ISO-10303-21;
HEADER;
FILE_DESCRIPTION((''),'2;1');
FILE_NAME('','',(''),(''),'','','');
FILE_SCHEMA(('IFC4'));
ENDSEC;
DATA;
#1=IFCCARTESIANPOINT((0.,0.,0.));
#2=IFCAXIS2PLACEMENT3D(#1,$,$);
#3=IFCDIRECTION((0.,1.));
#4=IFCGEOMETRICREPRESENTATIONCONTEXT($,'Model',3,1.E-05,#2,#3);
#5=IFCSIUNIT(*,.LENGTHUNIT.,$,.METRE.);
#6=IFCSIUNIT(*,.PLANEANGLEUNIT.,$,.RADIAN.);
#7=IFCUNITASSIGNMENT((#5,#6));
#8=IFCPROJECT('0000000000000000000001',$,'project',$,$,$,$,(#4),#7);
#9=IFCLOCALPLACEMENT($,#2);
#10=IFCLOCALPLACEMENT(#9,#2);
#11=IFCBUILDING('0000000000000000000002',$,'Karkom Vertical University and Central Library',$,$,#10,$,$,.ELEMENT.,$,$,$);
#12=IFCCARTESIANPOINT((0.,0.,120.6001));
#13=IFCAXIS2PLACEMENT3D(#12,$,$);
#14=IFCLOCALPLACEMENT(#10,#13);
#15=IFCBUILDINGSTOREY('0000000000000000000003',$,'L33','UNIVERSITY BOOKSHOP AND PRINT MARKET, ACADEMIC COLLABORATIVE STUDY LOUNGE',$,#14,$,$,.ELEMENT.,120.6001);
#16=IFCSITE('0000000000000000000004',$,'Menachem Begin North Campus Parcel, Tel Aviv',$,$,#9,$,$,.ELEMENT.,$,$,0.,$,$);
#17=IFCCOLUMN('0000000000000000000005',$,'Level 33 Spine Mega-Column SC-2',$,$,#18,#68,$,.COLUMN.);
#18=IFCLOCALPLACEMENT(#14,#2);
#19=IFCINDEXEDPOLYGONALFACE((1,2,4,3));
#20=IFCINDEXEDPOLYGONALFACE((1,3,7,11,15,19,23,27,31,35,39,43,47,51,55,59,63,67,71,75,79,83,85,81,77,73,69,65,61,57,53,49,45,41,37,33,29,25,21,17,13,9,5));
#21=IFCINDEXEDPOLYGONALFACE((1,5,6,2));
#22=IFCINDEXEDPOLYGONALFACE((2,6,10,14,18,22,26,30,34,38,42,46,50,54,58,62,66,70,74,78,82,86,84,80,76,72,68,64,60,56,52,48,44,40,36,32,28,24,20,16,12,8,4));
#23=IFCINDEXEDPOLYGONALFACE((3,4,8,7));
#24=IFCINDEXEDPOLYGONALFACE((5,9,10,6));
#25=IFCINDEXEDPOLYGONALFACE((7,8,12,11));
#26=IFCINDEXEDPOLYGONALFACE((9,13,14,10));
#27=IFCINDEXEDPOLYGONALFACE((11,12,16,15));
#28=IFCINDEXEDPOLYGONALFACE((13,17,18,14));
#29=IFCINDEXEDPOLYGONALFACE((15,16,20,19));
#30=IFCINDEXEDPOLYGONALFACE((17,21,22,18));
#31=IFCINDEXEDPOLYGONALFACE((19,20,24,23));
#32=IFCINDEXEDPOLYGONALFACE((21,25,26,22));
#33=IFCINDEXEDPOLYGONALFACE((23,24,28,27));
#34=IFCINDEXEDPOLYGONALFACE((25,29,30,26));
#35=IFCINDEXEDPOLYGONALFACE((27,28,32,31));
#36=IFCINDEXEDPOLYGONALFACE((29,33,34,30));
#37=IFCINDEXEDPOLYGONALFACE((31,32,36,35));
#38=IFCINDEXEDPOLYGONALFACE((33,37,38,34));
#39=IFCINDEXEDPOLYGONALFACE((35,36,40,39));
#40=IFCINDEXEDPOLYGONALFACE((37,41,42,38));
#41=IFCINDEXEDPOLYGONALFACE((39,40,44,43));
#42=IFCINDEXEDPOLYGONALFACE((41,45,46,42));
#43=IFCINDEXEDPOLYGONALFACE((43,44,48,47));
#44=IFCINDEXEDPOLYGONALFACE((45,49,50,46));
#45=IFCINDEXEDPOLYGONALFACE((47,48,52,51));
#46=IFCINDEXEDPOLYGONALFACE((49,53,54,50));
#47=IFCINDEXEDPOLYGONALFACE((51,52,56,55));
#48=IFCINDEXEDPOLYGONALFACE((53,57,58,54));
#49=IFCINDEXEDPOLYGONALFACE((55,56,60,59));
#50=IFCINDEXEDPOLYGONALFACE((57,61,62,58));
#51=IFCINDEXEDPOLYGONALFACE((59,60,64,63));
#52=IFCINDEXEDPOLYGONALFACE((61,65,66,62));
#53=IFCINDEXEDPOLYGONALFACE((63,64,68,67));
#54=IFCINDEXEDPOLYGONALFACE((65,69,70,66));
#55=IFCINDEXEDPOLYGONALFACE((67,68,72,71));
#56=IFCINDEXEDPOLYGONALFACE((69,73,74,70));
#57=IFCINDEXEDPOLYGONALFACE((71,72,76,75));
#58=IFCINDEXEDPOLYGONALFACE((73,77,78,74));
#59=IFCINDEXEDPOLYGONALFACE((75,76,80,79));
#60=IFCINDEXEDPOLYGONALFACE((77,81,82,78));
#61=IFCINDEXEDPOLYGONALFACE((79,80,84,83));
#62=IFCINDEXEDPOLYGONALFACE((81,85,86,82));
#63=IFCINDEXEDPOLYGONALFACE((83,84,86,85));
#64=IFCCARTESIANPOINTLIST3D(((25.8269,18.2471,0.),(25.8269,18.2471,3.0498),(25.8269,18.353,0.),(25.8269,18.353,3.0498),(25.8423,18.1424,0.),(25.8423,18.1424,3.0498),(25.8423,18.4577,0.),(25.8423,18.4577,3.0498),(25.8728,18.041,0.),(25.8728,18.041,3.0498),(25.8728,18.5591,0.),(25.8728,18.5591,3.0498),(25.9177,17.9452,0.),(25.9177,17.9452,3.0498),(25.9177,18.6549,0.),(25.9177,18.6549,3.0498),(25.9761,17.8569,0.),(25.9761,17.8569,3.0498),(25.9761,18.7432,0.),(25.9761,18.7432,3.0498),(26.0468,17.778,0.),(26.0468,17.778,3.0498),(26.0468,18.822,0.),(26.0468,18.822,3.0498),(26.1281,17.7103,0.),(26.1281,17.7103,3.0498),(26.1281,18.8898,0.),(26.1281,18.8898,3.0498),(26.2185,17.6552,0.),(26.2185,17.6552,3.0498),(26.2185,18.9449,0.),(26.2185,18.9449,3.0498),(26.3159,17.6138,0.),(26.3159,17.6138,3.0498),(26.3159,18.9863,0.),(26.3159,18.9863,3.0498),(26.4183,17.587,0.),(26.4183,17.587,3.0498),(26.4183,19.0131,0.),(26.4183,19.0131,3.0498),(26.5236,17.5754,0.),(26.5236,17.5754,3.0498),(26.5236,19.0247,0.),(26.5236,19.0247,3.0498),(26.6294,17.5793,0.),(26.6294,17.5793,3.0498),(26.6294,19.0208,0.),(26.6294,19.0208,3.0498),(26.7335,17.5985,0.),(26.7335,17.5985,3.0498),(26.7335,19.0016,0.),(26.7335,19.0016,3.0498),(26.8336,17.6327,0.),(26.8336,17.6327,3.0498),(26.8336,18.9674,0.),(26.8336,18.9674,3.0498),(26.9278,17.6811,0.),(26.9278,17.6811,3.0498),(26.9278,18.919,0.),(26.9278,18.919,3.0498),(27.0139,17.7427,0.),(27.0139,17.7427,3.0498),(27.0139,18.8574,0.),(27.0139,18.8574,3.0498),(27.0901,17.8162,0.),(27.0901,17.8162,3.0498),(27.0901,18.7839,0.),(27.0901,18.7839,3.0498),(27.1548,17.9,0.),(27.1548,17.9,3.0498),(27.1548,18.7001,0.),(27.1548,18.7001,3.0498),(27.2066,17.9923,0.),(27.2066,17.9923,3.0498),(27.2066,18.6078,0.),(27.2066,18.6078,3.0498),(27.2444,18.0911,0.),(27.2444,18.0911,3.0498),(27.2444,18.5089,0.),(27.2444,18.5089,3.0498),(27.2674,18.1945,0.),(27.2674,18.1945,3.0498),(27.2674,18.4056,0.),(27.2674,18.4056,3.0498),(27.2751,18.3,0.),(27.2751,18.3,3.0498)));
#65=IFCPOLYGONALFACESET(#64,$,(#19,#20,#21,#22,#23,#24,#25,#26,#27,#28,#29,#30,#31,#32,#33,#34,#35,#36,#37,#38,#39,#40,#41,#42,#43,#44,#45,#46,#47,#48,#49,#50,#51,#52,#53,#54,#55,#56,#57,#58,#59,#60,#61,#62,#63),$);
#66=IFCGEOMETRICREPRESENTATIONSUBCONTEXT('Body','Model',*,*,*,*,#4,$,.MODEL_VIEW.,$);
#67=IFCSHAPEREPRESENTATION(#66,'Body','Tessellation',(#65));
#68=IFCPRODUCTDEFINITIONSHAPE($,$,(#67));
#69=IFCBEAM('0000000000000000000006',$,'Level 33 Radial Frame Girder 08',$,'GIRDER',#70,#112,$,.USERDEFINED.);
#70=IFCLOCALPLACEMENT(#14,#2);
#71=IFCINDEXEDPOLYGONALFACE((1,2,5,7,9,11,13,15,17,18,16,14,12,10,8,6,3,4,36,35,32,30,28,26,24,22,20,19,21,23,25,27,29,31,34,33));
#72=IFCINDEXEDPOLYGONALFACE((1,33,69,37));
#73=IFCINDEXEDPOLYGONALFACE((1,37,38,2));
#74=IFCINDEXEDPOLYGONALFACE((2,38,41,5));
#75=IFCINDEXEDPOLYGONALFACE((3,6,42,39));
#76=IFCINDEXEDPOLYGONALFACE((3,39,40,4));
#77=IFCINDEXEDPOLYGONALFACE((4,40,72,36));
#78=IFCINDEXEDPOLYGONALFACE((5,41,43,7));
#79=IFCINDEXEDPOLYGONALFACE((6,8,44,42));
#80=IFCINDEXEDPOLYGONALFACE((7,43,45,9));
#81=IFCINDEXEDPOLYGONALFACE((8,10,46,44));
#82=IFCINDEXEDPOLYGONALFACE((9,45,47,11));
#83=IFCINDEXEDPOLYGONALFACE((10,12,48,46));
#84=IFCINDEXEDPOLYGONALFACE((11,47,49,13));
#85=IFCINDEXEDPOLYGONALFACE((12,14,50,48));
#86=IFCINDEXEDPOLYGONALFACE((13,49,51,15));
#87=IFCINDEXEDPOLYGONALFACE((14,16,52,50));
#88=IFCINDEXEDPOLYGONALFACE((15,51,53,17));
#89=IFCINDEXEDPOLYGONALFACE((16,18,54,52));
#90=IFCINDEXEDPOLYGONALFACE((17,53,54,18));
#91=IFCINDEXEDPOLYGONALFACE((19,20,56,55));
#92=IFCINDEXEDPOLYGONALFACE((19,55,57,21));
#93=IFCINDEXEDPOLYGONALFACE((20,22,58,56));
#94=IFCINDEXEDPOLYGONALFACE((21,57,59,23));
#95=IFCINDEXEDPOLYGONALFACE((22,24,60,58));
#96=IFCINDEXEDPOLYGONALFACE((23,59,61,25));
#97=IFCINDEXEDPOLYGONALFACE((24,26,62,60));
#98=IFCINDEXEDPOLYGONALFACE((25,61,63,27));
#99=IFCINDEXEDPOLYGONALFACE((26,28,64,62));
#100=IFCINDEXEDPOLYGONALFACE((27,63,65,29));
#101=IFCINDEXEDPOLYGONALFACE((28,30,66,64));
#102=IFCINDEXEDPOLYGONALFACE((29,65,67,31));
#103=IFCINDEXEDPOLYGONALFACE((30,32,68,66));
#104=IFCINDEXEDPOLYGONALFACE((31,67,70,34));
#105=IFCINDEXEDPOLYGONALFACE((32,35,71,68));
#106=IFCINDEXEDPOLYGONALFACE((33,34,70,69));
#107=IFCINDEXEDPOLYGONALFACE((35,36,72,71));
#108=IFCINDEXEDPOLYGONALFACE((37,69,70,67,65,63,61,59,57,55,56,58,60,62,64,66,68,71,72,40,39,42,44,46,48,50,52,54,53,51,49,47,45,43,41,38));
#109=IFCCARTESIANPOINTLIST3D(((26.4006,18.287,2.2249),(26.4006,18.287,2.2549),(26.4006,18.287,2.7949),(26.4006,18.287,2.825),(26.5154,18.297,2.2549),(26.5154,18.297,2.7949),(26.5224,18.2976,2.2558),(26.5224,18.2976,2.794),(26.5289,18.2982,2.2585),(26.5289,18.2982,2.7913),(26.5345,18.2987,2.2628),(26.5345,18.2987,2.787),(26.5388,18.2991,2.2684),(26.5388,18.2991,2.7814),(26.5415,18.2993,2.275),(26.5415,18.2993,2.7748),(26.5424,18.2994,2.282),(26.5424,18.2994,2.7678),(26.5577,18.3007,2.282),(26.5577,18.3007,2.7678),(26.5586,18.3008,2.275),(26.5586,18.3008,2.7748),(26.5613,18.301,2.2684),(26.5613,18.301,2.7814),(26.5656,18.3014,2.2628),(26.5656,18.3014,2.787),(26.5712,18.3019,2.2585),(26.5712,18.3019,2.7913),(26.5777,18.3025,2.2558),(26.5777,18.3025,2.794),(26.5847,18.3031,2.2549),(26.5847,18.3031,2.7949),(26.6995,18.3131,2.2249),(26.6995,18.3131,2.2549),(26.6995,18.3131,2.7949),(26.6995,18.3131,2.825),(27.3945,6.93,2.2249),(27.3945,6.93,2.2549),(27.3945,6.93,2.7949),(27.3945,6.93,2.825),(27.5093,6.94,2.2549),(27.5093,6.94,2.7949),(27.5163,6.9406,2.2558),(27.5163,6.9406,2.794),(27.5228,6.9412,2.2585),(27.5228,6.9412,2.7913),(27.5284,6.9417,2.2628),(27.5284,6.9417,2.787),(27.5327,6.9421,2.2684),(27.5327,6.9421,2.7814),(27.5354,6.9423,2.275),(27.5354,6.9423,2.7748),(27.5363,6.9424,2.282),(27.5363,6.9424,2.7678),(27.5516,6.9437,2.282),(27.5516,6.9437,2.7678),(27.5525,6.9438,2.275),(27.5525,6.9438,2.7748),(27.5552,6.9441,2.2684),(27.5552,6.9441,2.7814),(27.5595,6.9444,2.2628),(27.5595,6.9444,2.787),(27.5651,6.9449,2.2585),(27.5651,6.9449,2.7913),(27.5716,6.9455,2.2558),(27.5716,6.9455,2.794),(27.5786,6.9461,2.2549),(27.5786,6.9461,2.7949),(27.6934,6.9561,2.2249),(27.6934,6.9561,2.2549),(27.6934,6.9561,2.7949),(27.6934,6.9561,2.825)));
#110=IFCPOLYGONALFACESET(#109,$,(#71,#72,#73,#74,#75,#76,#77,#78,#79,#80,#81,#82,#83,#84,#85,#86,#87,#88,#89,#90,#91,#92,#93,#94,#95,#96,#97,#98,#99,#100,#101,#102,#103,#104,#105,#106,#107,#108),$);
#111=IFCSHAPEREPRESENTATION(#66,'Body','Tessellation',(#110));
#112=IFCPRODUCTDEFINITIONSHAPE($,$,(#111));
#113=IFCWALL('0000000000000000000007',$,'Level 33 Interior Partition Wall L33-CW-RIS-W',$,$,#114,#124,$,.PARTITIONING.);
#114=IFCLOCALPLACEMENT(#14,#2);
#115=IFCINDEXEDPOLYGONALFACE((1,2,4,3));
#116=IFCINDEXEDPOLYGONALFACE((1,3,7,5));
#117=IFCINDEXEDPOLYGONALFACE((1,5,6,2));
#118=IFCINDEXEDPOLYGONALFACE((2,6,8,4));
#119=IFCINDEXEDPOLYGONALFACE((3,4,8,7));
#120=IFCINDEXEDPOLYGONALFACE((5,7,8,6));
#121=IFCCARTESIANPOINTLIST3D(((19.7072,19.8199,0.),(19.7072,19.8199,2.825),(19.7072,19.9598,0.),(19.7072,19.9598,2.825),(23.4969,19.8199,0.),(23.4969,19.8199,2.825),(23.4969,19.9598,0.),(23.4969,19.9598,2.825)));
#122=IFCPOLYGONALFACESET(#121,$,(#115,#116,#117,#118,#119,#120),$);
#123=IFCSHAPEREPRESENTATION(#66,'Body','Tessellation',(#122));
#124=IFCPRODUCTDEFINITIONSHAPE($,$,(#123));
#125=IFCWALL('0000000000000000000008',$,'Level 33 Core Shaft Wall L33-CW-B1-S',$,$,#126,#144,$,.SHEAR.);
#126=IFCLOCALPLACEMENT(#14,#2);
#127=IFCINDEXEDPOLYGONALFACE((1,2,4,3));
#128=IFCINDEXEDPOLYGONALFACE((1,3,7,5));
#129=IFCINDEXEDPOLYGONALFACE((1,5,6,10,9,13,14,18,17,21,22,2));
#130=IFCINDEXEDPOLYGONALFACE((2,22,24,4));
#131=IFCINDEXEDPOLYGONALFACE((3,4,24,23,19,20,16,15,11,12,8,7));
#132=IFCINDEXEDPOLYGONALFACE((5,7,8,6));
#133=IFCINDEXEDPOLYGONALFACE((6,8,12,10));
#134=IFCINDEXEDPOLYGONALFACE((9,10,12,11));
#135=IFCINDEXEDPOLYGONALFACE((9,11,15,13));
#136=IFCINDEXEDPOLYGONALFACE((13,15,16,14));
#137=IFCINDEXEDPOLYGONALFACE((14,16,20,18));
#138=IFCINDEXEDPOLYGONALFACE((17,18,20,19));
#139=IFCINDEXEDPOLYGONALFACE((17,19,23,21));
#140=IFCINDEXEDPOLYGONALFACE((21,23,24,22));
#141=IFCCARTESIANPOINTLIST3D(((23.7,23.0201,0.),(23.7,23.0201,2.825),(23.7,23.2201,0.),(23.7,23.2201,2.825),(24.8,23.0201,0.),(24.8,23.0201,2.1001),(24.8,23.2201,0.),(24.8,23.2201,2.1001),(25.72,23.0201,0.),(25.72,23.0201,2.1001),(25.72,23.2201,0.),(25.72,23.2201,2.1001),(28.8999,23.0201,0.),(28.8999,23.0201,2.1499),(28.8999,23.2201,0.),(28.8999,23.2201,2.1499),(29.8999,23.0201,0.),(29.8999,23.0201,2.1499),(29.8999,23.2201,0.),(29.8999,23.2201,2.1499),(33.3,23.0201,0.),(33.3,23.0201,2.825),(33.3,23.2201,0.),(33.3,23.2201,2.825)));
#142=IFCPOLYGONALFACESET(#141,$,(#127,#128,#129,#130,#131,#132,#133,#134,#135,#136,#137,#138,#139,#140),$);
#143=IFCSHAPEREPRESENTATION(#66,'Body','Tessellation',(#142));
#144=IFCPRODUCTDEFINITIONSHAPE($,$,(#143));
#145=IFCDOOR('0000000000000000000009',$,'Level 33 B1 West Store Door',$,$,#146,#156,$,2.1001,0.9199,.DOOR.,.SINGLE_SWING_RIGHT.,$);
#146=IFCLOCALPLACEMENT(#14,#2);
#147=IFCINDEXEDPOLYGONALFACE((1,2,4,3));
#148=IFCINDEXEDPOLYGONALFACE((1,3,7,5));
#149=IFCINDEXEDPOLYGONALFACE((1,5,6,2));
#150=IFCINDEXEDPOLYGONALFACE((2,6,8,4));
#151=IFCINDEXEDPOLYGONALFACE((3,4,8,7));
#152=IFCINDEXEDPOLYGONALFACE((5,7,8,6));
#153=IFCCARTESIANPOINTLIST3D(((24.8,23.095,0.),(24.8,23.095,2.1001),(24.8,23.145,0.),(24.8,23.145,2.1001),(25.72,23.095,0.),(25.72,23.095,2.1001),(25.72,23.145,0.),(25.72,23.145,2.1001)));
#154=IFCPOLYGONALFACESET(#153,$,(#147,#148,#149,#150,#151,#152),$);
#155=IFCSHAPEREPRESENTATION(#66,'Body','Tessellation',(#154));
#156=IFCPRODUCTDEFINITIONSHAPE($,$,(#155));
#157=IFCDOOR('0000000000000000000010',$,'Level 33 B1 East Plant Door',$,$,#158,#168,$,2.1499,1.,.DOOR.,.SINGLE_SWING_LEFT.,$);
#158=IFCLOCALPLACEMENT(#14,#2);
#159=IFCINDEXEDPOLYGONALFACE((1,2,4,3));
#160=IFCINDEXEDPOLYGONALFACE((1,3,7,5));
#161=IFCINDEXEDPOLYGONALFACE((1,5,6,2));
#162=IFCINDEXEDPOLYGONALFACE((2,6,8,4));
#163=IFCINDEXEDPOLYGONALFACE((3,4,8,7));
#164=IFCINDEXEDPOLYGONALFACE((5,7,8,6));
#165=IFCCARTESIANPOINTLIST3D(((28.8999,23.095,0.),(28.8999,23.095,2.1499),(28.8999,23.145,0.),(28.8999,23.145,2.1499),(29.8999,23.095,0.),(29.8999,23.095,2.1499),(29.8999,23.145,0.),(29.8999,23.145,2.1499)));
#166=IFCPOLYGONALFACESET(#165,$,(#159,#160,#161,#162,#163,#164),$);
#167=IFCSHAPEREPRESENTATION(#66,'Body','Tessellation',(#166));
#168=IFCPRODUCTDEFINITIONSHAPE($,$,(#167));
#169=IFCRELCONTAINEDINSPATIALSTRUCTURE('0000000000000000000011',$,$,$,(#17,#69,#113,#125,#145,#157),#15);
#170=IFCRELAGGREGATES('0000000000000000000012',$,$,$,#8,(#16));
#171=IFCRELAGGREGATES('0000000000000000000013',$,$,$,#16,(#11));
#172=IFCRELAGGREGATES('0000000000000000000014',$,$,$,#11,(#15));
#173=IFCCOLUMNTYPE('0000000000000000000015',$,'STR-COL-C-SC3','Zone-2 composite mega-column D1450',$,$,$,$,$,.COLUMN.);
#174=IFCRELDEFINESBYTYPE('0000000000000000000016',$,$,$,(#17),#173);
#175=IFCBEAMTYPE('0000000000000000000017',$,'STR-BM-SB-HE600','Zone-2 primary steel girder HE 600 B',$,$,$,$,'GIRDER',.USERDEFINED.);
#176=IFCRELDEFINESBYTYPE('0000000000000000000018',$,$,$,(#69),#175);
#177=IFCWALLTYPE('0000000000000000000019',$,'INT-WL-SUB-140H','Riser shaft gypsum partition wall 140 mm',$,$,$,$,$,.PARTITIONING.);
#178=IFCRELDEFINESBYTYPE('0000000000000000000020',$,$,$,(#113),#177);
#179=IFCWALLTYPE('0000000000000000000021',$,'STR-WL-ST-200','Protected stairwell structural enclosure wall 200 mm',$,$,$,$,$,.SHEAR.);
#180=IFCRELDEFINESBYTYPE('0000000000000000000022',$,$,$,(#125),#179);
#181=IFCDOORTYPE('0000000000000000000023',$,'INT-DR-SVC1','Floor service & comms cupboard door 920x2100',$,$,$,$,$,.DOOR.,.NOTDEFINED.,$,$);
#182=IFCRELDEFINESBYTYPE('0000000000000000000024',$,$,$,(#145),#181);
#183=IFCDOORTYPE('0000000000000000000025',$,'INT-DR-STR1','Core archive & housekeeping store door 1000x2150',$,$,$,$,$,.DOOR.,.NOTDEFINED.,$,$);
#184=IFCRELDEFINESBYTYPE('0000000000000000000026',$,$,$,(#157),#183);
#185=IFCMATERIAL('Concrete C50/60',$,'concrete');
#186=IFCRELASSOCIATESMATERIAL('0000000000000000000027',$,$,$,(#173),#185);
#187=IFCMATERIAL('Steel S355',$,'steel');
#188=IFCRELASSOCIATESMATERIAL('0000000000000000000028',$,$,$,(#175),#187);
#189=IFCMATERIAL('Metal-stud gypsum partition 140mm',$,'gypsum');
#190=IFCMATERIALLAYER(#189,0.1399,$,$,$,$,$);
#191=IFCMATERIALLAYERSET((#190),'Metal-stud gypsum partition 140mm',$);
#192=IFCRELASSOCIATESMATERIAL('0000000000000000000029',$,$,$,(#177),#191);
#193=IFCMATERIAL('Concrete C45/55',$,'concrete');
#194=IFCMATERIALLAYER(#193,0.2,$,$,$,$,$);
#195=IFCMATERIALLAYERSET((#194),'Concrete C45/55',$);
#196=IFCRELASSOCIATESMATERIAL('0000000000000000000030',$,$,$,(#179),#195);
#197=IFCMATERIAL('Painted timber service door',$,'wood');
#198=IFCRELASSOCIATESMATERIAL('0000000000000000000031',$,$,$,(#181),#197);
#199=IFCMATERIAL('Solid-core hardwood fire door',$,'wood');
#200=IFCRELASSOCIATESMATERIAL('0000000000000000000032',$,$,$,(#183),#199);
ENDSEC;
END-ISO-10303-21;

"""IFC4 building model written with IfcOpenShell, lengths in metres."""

from ifc_helpers import new_model, si_unit, direction, frame, frame_2d, origin, origin_with_axes, origin_2d, place, context, subcontext, project, spatial, rectangle, circle, i_section, extrude, source, transform, mapped, material, layer, layer_set, material_profile, profile_set, type_object, element, fill, save


model = new_model("IFC4")

# Units and contexts
model_context = context("Model", 3, precision=1e-05, world=origin(), true_north=direction((0.0, 1.0)))
body_context = subcontext(model_context, "Body", "Model", "MODEL_VIEW")
ifc_project = project(units=[si_unit("LENGTHUNIT", "METRE"), si_unit("PLANEANGLEUNIT", "RADIAN")], contexts=[model_context])

# Site, building, storey
site_placement = place(None, origin())
site = spatial("IfcSite", under=ifc_project, at=site_placement, Name="Menachem Begin North Campus Parcel, Tel Aviv", CompositionType="ELEMENT", RefElevation=0.0)
building_placement = place(site_placement, origin())
building = spatial("IfcBuilding", under=site, at=building_placement, Name="Karkom Vertical University and Central Library", CompositionType="ELEMENT")
storey_placement = place(building_placement, frame((0.0, 0.0, 120.6001)))
storey = spatial("IfcBuildingStorey", under=building, at=storey_placement, Name="L33", Description="UNIVERSITY BOOKSHOP AND PRINT MARKET, ACADEMIC COLLABORATIVE STUDY LOUNGE", CompositionType="ELEMENT", Elevation=120.6001)

# Column
ifc_material_1 = material(Name="Concrete C50/60", Category="concrete")
ifc_material_profile_1 = material_profile(ifc_material_1, circle(Radius=0.7251, at=origin_2d()), Name="CFT-D1450")
ifc_profile_set_1 = profile_set([ifc_material_profile_1], Name="Concrete C50/60")
column_type = type_object("IfcColumnType", Name="STR-COL-C-SC3", Description="Zone-2 composite mega-column D1450", PredefinedType="COLUMN", material=ifc_profile_set_1)
shared_shape_1 = source(origin_with_axes(), body_context, "Body", "SweptSolid", [
    extrude(circle(Radius=0.7251, at=origin_2d()), origin(), (0.0, 0.0, 1.0), 3.0498),
])
column_placement = place(storey_placement, frame((26.55, 18.3, 0.0), z_axis=(0.0, 0.0, 1.0), x_axis=(1.0, 0.0, 0.0)))
element("IfcColumn", 1, at=column_placement, inside=storey, type_object=column_type, Name="Level 33 Spine Mega-Column SC-2", PredefinedType="COLUMN", context=body_context, shape_type="MappedRepresentation", body=[
    mapped(shared_shape_1, transform((0.0, 0.0, 0.0), scale=1.0)),
])

# Beam
ifc_material_2 = material(Name="Steel S355", Category="steel")
ifc_material_profile_2 = material_profile(ifc_material_2, i_section(OverallWidth=0.3, OverallDepth=0.6001, WebThickness=0.0154, FlangeThickness=0.03, FilletRadius=0.0271, at=origin_2d()), Name="HE 600 B")
ifc_profile_set_2 = profile_set([ifc_material_profile_2], Name="Steel S355")
beam_type = type_object("IfcBeamType", Name="STR-BM-SB-HE600", Description="Zone-2 primary steel girder HE 600 B", ElementType="GIRDER", PredefinedType="USERDEFINED", material=ifc_profile_set_2)
shared_shape_2 = source(origin_with_axes(), body_context, "Body", "SweptSolid", [
    extrude(i_section(OverallWidth=0.3, OverallDepth=0.6001, WebThickness=0.0154, FlangeThickness=0.03, FilletRadius=0.0271, at=origin_2d()), origin(), (0.0, 0.0, 1.0), 11.4004),
])
beam_placement = place(storey_placement, frame((26.55, 18.3, 2.5249), z_axis=(0.087181, -0.996192, 0.0), x_axis=(0.996192, 0.087181, 0.0)))
element("IfcBeam", 2, at=beam_placement, inside=storey, type_object=beam_type, Name="Level 33 Radial Frame Girder 08", ObjectType="GIRDER", PredefinedType="USERDEFINED", context=body_context, shape_type="MappedRepresentation", body=[
    mapped(shared_shape_2, transform((0.0, 0.0, 0.0), scale=1.0)),
])

# Wall
ifc_material_3 = material(Name="Metal-stud gypsum partition 140mm", Category="gypsum")
ifc_layer_1 = layer(ifc_material_3, 0.1399)
ifc_layer_set_1 = layer_set([ifc_layer_1], Name="Metal-stud gypsum partition 140mm")
wall_type_1 = type_object("IfcWallType", Name="INT-WL-SUB-140H", Description="Riser shaft gypsum partition wall 140 mm", PredefinedType="PARTITIONING", material=ifc_layer_set_1)
wall_1_placement = place(storey_placement, frame((19.707, 19.8899, 0.0), z_axis=(0.0, 0.0, 1.0), x_axis=(1.0, 0.0, 0.0)))
element("IfcWall", 3, at=wall_1_placement, inside=storey, type_object=wall_type_1, Name="Level 33 Interior Partition Wall L33-CW-RIS-W", PredefinedType="PARTITIONING", context=body_context, shape_type="SweptSolid", body=[
    extrude(rectangle(XDim=3.7898, YDim=0.1399, at=frame_2d((1.895, 0.0))), origin(), (0.0, 0.0, 1.0), 2.825),
])

# Wall, openings, doors
ifc_material_4 = material(Name="Concrete C45/55", Category="concrete")
ifc_layer_2 = layer(ifc_material_4, 0.2)
ifc_layer_set_2 = layer_set([ifc_layer_2], Name="Concrete C45/55")
wall_type_2 = type_object("IfcWallType", Name="STR-WL-ST-200", Description="Protected stairwell structural enclosure wall 200 mm", PredefinedType="SHEAR", material=ifc_layer_set_2)
wall_2_placement = place(storey_placement, frame((23.7, 23.1201, 0.0), z_axis=(0.0, 0.0, 1.0), x_axis=(1.0, 0.0, 0.0)))
wall_2 = element("IfcWall", 4, at=wall_2_placement, inside=storey, type_object=wall_type_2, Name="Level 33 Core Shaft Wall L33-CW-B1-S", PredefinedType="SHEAR", context=body_context, shape_type="SweptSolid", body=[
    extrude(rectangle(XDim=9.6001, YDim=0.2, at=frame_2d((4.8, 0.0))), origin(), (0.0, 0.0, 1.0), 2.825),
])
opening_1_placement = place(wall_2_placement, frame((1.1001, 0.0, 0.0)))
opening_1 = element("IfcOpeningElement", 5, at=opening_1_placement, cuts=wall_2, PredefinedType="OPENING", context=body_context, shape_type="SweptSolid", body=[
    extrude(rectangle(XDim=0.9199, YDim=2.1001, at=frame_2d((0.46, 1.05))), frame((0.0, 0.1099, 0.0), z_axis=(0.0, -1.0, 0.0), x_axis=(1.0, 0.0, 0.0)), (0.0, 0.0, 1.0), 0.22),
])
opening_2_placement = place(wall_2_placement, frame((5.2, 0.0, 0.0)))
opening_2 = element("IfcOpeningElement", 6, at=opening_2_placement, cuts=wall_2, PredefinedType="OPENING", context=body_context, shape_type="SweptSolid", body=[
    extrude(rectangle(XDim=1.0, YDim=2.1499, at=frame_2d((0.5, 1.075))), frame((0.0, 0.1099, 0.0), z_axis=(0.0, -1.0, 0.0), x_axis=(1.0, 0.0, 0.0)), (0.0, 0.0, 1.0), 0.22),
])
ifc_material_5 = material(Name="Painted timber service door", Category="wood")
door_type_1 = type_object("IfcDoorType", Name="INT-DR-SVC1", Description="Floor service & comms cupboard door 920x2100", OperationType="NOTDEFINED", PredefinedType="DOOR", material=ifc_material_5)
shared_shape_3 = source(origin_with_axes(), body_context, "Body", "SweptSolid", [
    extrude(rectangle(XDim=0.9199, YDim=2.1001, at=frame_2d((0.46, 1.05))), frame((0.0, 0.0249, 0.0), z_axis=(0.0, -1.0, 0.0), x_axis=(1.0, 0.0, 0.0)), (0.0, 0.0, 1.0), 0.05),
])
door_1_placement = place(opening_1_placement, origin())
door_1 = element("IfcDoor", 7, at=door_1_placement, inside=storey, type_object=door_type_1, Name="Level 33 B1 West Store Door", OperationType="SINGLE_SWING_RIGHT", OverallHeight=2.1001, OverallWidth=0.9199, PredefinedType="DOOR", context=body_context, shape_type="MappedRepresentation", body=[
    mapped(shared_shape_3, transform((0.0, 0.0, 0.0), scale=1.0)),
])
fill(opening_1, door_1)
ifc_material_6 = material(Name="Solid-core hardwood fire door", Category="wood")
door_type_2 = type_object("IfcDoorType", Name="INT-DR-STR1", Description="Core archive & housekeeping store door 1000x2150", OperationType="NOTDEFINED", PredefinedType="DOOR", material=ifc_material_6)
shared_shape_4 = source(origin_with_axes(), body_context, "Body", "SweptSolid", [
    extrude(rectangle(XDim=1.0, YDim=2.1499, at=frame_2d((0.5, 1.075))), frame((0.0, 0.0249, 0.0), z_axis=(0.0, -1.0, 0.0), x_axis=(1.0, 0.0, 0.0)), (0.0, 0.0, 1.0), 0.05),
])
door_2_placement = place(opening_2_placement, origin())
door_2 = element("IfcDoor", 8, at=door_2_placement, inside=storey, type_object=door_type_2, Name="Level 33 B1 East Plant Door", OperationType="SINGLE_SWING_LEFT", OverallHeight=2.1499, OverallWidth=1.0, PredefinedType="DOOR", context=body_context, shape_type="MappedRepresentation", body=[
    mapped(shared_shape_4, transform((0.0, 0.0, 0.0), scale=1.0)),
])
fill(opening_2, door_2)

save(model, "model.ifc")
